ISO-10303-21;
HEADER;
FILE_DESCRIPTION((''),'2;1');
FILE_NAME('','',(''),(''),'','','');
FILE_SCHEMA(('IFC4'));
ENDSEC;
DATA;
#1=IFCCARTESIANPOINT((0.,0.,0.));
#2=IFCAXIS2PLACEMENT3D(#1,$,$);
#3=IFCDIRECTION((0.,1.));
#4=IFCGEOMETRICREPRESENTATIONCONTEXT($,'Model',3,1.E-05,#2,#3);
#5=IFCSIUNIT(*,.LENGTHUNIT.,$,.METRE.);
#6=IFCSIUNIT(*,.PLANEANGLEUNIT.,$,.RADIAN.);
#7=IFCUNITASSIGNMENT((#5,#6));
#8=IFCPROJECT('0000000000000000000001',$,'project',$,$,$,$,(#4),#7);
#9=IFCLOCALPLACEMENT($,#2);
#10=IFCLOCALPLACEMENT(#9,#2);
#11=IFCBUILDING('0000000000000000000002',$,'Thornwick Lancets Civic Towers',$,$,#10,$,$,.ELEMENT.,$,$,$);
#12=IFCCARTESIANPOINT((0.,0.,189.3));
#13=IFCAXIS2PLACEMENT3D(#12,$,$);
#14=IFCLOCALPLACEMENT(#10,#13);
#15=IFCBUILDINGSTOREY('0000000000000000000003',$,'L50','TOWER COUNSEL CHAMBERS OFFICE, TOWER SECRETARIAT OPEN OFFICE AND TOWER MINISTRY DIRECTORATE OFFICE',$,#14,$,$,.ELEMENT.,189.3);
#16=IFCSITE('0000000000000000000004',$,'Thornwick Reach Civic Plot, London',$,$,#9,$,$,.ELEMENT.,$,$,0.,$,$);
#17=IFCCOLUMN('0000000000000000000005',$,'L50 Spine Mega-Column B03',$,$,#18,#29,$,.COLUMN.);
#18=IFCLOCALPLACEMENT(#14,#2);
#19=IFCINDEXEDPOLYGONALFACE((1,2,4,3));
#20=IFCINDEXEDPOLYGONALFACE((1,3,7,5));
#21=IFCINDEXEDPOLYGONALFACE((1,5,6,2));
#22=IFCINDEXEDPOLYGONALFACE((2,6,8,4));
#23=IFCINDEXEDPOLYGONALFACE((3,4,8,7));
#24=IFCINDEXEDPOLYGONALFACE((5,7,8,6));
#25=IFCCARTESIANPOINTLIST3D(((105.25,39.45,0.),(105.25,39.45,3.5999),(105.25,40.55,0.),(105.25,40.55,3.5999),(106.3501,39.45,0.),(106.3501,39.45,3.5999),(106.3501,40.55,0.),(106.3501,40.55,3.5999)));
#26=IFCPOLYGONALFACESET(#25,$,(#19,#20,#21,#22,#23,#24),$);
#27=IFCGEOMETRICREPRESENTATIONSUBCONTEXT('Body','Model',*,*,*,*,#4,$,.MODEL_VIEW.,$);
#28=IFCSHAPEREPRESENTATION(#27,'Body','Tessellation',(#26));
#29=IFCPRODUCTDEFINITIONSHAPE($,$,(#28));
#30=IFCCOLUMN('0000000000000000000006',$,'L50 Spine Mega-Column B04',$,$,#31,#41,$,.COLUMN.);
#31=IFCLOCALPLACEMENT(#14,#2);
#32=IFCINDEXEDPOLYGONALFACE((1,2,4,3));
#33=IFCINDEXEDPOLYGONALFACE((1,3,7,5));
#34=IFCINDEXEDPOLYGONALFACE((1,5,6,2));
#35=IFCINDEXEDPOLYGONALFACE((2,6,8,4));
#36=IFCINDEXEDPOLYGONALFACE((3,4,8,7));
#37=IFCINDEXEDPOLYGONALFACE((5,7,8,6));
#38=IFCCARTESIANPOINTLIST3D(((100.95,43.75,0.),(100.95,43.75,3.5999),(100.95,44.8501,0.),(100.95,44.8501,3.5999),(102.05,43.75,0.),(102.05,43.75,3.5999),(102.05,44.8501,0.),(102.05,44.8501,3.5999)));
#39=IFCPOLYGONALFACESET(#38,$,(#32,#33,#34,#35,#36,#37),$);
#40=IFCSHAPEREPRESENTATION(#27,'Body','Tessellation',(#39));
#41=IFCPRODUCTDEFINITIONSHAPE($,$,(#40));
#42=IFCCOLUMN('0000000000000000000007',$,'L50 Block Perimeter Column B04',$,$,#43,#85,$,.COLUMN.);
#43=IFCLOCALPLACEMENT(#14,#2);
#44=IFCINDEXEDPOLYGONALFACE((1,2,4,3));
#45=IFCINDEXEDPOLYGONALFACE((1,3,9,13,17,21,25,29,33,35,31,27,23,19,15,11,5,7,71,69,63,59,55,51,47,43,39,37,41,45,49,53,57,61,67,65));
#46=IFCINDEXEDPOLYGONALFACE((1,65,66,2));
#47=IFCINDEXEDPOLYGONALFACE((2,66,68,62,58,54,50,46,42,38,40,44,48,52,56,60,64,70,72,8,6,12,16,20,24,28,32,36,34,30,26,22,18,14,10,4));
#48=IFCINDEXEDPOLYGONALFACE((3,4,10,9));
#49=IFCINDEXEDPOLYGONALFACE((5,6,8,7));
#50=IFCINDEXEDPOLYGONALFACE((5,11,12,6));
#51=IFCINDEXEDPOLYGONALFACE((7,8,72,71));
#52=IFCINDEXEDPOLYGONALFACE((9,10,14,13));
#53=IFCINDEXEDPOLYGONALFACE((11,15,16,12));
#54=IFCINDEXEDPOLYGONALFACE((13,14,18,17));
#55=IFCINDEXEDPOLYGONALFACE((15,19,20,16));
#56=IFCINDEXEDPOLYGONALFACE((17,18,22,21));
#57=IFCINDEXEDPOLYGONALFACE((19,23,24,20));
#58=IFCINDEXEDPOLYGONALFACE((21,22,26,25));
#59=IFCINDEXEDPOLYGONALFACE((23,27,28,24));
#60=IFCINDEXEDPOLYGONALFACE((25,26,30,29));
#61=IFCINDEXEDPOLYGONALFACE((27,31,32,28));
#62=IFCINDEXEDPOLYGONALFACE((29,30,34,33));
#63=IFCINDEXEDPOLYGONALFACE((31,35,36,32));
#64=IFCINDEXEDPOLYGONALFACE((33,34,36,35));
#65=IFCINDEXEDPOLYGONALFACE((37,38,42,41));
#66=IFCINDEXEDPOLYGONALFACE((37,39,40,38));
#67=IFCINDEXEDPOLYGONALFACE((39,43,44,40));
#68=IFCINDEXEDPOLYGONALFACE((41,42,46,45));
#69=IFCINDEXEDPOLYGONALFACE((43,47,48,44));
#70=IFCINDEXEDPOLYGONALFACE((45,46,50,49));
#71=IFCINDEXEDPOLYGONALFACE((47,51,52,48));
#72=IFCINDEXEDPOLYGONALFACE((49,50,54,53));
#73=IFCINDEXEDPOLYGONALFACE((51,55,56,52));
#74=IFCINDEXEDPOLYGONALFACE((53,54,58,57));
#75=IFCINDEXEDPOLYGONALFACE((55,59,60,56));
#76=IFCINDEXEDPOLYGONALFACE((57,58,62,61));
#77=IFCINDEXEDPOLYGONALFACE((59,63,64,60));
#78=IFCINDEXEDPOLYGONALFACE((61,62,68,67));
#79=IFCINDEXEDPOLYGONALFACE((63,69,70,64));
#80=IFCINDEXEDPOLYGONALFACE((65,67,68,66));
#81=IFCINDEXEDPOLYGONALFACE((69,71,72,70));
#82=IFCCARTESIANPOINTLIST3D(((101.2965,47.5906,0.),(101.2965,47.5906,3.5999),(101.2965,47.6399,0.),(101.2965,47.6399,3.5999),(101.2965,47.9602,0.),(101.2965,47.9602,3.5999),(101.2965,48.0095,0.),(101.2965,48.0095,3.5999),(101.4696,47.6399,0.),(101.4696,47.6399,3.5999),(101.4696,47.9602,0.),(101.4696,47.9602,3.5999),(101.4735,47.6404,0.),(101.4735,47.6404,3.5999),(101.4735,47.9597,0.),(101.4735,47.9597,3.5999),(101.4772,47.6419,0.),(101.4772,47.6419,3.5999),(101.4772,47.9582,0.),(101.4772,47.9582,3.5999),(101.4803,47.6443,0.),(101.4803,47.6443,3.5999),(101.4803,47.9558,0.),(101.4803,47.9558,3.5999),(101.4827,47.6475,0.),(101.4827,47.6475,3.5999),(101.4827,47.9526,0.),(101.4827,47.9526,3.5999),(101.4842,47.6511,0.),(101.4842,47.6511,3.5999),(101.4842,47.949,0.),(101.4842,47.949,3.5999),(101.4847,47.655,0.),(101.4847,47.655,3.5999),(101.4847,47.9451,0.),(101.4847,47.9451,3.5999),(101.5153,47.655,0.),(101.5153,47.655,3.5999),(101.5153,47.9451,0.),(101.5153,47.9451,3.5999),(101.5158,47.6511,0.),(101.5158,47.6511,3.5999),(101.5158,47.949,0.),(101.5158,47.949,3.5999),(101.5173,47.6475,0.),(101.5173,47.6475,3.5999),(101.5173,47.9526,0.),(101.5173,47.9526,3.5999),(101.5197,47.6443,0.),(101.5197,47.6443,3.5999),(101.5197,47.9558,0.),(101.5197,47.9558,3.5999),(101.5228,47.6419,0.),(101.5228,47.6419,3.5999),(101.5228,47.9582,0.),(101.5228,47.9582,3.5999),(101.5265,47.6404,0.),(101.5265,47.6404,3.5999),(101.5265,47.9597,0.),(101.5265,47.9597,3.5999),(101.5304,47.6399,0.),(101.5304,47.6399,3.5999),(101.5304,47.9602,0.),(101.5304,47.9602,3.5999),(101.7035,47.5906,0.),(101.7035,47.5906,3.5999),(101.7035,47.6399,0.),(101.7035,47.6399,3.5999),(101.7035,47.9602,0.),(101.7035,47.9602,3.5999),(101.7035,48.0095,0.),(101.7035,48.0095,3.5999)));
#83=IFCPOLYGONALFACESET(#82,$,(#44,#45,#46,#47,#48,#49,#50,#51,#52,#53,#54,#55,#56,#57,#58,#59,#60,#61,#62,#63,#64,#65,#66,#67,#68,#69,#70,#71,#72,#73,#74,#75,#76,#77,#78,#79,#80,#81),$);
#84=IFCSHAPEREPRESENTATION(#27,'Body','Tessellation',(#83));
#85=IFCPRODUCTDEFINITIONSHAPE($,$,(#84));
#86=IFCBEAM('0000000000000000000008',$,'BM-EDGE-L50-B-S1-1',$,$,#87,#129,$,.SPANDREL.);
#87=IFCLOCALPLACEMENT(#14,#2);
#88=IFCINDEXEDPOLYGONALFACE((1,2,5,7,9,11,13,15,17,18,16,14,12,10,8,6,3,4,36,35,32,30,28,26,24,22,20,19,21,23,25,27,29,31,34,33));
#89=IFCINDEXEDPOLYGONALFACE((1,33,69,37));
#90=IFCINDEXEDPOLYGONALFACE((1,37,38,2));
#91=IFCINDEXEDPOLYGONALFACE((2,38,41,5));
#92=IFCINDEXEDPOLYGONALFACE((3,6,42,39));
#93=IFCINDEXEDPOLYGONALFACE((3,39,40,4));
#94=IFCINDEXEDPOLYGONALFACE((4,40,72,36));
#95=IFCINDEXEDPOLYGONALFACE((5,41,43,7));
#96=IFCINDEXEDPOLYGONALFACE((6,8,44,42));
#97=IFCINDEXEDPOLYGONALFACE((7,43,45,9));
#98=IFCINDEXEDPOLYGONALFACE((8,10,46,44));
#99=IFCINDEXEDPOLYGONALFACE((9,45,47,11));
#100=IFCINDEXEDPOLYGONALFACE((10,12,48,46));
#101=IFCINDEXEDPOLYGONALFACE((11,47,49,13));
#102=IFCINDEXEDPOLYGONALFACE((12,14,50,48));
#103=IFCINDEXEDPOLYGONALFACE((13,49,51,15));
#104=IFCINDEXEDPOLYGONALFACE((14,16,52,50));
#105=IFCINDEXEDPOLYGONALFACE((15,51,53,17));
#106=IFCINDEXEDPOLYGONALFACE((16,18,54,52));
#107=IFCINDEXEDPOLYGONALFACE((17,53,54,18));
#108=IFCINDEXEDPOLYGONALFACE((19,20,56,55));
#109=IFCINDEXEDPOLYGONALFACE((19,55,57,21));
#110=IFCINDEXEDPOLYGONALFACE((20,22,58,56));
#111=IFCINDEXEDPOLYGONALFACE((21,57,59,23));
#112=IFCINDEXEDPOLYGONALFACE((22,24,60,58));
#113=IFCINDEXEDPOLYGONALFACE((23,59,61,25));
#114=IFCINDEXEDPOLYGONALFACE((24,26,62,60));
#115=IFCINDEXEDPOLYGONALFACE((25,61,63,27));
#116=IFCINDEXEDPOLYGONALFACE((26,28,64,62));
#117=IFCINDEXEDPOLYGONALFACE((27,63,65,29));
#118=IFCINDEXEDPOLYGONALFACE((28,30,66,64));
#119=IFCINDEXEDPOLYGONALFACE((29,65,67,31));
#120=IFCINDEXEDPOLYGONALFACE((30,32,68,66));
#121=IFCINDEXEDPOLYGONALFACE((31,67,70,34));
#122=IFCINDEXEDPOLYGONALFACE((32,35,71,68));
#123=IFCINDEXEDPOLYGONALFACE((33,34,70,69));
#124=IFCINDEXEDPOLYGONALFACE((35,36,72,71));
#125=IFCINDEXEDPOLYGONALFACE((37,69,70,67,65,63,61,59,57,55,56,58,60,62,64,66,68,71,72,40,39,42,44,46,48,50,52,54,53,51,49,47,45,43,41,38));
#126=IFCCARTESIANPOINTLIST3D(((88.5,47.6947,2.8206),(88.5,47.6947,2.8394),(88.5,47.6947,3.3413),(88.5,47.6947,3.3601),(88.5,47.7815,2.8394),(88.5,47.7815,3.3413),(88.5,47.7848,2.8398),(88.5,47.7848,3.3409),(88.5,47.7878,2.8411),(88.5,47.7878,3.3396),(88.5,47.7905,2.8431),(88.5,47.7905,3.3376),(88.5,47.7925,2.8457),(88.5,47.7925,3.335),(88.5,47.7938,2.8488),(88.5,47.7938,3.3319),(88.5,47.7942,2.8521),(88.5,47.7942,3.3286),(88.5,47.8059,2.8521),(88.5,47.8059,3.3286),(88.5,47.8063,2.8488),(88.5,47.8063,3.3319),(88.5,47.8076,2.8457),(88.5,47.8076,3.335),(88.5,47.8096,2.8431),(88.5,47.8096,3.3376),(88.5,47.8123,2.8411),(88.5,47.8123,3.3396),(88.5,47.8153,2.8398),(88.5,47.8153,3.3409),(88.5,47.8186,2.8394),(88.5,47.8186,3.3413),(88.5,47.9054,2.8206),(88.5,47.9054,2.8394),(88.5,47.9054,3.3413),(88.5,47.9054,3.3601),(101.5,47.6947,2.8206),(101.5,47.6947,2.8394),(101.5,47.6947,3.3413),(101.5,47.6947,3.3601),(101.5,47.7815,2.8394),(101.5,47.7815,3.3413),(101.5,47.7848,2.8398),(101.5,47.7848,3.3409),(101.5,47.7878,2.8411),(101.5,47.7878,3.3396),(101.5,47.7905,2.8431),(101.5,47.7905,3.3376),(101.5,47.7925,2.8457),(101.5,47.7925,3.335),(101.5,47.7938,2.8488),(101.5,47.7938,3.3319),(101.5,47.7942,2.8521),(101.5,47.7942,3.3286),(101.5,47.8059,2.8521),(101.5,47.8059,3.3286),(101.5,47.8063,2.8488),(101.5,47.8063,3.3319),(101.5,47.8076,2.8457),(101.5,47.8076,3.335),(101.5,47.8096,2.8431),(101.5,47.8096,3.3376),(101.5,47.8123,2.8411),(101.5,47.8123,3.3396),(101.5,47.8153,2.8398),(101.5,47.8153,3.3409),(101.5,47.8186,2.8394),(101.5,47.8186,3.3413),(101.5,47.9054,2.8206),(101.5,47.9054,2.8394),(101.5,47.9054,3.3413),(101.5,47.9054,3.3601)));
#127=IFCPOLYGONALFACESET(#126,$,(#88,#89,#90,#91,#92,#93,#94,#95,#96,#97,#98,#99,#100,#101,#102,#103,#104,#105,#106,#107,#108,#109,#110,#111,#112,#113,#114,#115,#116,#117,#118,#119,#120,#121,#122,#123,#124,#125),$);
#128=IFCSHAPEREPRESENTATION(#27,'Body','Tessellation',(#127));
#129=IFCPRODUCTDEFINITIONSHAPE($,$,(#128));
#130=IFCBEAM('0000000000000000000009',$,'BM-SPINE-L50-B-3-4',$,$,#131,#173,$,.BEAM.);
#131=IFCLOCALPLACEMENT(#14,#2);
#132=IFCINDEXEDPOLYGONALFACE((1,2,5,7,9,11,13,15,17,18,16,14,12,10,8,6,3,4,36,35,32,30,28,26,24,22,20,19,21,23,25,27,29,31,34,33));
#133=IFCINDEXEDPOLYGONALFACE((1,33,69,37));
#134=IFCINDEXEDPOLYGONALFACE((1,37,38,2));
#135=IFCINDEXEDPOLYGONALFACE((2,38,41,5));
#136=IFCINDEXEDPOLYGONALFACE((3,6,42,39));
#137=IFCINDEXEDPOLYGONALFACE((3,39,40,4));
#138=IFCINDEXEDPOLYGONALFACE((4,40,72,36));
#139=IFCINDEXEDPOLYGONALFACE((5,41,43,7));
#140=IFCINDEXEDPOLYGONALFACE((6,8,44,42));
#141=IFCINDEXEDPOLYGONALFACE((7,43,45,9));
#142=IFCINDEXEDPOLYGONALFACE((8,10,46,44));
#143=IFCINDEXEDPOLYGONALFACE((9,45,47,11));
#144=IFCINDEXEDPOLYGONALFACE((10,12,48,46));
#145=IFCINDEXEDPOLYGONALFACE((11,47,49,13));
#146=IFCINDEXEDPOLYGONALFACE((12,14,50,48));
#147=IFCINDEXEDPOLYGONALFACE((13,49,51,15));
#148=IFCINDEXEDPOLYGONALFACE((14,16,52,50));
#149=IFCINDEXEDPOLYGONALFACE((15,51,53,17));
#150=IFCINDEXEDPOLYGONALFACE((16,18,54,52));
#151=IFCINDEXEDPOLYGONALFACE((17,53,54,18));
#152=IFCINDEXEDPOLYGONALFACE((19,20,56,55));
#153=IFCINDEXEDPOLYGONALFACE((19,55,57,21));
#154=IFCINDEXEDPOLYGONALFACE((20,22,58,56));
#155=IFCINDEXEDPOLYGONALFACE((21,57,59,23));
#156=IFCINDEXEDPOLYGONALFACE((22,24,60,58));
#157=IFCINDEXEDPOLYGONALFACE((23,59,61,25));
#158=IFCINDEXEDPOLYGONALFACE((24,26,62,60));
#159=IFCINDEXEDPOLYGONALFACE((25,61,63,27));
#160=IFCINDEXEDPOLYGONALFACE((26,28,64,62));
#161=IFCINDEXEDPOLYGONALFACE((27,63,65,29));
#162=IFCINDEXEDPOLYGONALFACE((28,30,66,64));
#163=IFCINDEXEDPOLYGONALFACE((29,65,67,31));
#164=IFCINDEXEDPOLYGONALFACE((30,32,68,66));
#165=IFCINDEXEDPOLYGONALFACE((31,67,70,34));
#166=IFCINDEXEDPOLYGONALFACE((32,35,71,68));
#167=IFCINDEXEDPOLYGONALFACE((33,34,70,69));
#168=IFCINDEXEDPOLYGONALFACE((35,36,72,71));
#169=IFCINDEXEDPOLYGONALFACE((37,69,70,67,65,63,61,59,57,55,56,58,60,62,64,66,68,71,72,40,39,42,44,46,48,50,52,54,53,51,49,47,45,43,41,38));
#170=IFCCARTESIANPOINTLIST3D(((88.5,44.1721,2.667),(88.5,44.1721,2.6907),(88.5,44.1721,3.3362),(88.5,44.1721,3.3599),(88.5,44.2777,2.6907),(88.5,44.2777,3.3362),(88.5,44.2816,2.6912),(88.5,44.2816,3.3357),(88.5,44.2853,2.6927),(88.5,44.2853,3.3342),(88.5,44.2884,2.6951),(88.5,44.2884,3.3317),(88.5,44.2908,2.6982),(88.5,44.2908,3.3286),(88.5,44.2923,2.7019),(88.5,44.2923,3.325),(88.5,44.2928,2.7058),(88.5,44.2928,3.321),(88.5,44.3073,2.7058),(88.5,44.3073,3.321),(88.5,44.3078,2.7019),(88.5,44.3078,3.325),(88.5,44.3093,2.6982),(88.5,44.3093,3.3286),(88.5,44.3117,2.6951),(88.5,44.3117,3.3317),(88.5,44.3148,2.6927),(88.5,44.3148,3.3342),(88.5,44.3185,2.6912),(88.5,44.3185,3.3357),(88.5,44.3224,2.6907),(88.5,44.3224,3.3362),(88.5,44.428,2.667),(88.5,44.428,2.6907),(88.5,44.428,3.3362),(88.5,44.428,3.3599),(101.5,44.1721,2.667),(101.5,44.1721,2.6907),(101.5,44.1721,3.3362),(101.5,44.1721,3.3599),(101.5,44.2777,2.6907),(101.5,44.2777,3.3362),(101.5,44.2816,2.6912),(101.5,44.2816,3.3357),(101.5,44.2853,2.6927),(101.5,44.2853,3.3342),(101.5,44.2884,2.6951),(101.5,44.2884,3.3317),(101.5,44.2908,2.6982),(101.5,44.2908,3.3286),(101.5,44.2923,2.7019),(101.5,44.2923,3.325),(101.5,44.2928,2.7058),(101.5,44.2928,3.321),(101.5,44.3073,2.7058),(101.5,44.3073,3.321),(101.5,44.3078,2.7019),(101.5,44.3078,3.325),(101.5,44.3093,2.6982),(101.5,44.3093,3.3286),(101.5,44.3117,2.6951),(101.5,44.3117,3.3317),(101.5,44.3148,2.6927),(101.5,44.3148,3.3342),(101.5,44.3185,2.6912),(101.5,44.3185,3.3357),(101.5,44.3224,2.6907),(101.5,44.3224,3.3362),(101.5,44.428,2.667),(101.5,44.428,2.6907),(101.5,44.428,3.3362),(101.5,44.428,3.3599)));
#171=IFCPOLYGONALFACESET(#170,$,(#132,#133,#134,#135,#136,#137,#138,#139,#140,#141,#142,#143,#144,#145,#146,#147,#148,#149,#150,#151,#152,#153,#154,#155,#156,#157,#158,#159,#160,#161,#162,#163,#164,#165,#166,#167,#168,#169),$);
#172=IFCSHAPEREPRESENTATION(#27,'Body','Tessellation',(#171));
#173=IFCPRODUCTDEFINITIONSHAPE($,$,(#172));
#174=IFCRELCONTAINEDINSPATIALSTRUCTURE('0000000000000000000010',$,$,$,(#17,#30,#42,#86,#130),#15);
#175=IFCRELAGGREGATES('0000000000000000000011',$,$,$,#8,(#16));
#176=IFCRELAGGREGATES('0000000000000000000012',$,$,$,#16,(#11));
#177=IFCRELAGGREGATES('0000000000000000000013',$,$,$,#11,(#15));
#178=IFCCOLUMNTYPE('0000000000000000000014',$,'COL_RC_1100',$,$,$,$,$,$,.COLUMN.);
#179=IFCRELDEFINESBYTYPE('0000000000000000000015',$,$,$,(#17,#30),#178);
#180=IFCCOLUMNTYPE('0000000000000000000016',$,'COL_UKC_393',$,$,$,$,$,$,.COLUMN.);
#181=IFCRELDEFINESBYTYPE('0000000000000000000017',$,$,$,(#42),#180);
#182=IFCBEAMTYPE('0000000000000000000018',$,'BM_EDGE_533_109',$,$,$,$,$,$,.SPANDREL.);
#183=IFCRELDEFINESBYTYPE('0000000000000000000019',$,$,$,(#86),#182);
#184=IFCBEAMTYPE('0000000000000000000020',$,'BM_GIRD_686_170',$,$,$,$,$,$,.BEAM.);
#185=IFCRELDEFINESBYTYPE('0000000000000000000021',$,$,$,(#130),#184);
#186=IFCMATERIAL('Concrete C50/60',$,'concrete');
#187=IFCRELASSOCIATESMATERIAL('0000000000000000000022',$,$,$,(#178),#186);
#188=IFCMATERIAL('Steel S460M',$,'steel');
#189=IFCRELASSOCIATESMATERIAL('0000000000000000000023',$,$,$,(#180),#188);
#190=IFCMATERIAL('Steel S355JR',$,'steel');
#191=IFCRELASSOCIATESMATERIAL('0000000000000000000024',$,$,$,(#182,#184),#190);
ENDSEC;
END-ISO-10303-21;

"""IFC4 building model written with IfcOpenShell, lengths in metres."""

from ifc_helpers import new_model, si_unit, direction, frame, origin, origin_2d, place, context, subcontext, project, spatial, rectangle, i_section, extrude, material, material_profile, profile_set, type_object, element, save


model = new_model("IFC4")

# Units and contexts
model_context = context("Model", 3, precision=1e-05, world=origin(), true_north=direction((0.0, 1.0)))
body_context = subcontext(model_context, "Body", "Model", "MODEL_VIEW")
ifc_project = project(units=[si_unit("LENGTHUNIT", "METRE"), si_unit("PLANEANGLEUNIT", "RADIAN")], contexts=[model_context])

# Site, building, storey
site_placement = place(None, origin())
site = spatial("IfcSite", under=ifc_project, at=site_placement, Name="Thornwick Reach Civic Plot, London", CompositionType="ELEMENT", RefElevation=0.0)
building_placement = place(site_placement, origin())
building = spatial("IfcBuilding", under=site, at=building_placement, Name="Thornwick Lancets Civic Towers", CompositionType="ELEMENT")
storey_placement = place(building_placement, frame((0.0, 0.0, 189.3)))
storey = spatial("IfcBuildingStorey", under=building, at=storey_placement, Name="L50", Description="TOWER COUNSEL CHAMBERS OFFICE, TOWER SECRETARIAT OPEN OFFICE AND TOWER MINISTRY DIRECTORATE OFFICE", CompositionType="ELEMENT", Elevation=189.3)

# Columns
ifc_material_1 = material(Name="Concrete C50/60", Category="concrete")
ifc_material_profile_1 = material_profile(ifc_material_1, rectangle(XDim=1.1001, YDim=1.1001, at=origin_2d()), Name="RC 1100x1100")
ifc_profile_set_1 = profile_set([ifc_material_profile_1], Name="Concrete C50/60")
column_type_1 = type_object("IfcColumnType", Name="COL_RC_1100", PredefinedType="COLUMN", material=ifc_profile_set_1)
for number, where, z_axis, x_axis, name in (
    (1, (105.8, 40.0, 0.0), (0.0, 0.0, 1.0), (1.0, 0.0, 0.0), "L50 Spine Mega-Column B03"),
    (2, (101.5, 44.3, 0.0), (0.0, 0.0, 1.0), (1.0, 0.0, 0.0), "L50 Spine Mega-Column B04"),
):
    element("IfcColumn", number, at=place(storey_placement, frame(where, z_axis=z_axis, x_axis=x_axis)), inside=storey, type_object=column_type_1, Name=name, PredefinedType="COLUMN", context=body_context, shape_type="SweptSolid", body=[
        extrude(rectangle(XDim=1.1001, YDim=1.1001, at=origin_2d()), origin(), (0.0, 0.0, 1.0), 3.5999),
    ])
ifc_material_2 = material(Name="Steel S460M", Category="steel")
ifc_material_profile_2 = material_profile(ifc_material_2, i_section(OverallWidth=0.407, OverallDepth=0.4189, WebThickness=0.0305, FlangeThickness=0.0493, FilletRadius=0.0151, at=origin_2d()), Name="UKC 356x406x393")
ifc_profile_set_2 = profile_set([ifc_material_profile_2], Name="Steel S460M")
column_type_2 = type_object("IfcColumnType", Name="COL_UKC_393", PredefinedType="COLUMN", material=ifc_profile_set_2)
column_placement = place(storey_placement, frame((101.5, 47.8, 0.0), z_axis=(0.0, 0.0, 1.0), x_axis=(1.0, 0.0, 0.0)))
element("IfcColumn", 3, at=column_placement, inside=storey, type_object=column_type_2, Name="L50 Block Perimeter Column B04", PredefinedType="COLUMN", context=body_context, shape_type="SweptSolid", body=[
    extrude(i_section(OverallWidth=0.407, OverallDepth=0.4189, WebThickness=0.0305, FlangeThickness=0.0493, FilletRadius=0.0151, at=origin_2d()), origin(), (0.0, 0.0, 1.0), 3.5999),
])

# Beams
ifc_material_3 = material(Name="Steel S355JR", Category="steel")
ifc_material_profile_3 = material_profile(ifc_material_3, i_section(OverallWidth=0.2107, OverallDepth=0.5396, WebThickness=0.0117, FlangeThickness=0.0188, FilletRadius=0.0127, at=origin_2d()), Name="UKB 533x210x109")
ifc_profile_set_3 = profile_set([ifc_material_profile_3], Name="Steel S355JR")
beam_type_1 = type_object("IfcBeamType", Name="BM_EDGE_533_109", PredefinedType="SPANDREL", material=ifc_profile_set_3)
beam_1_placement = place(storey_placement, frame((101.5, 47.8, 3.0903), z_axis=(-1.0, 0.0, 0.0), x_axis=(0.0, -1.0, 0.0)))
element("IfcBeam", 4, at=beam_1_placement, inside=storey, type_object=beam_type_1, Name="BM-EDGE-L50-B-S1-1", PredefinedType="SPANDREL", context=body_context, shape_type="SweptSolid", body=[
    extrude(i_section(OverallWidth=0.2107, OverallDepth=0.5396, WebThickness=0.0117, FlangeThickness=0.0188, FilletRadius=0.0127, at=origin_2d()), origin(), (0.0, 0.0, 1.0), 13.0),
])
ifc_material_profile_4 = material_profile(ifc_material_3, i_section(OverallWidth=0.2559, OverallDepth=0.6929, WebThickness=0.0144, FlangeThickness=0.0237, FilletRadius=0.0151, at=origin_2d()), Name="UKB 686x254x170")
ifc_profile_set_4 = profile_set([ifc_material_profile_4], Name="Steel S355JR")
beam_type_2 = type_object("IfcBeamType", Name="BM_GIRD_686_170", PredefinedType="BEAM", material=ifc_profile_set_4)
beam_2_placement = place(storey_placement, frame((101.5, 44.3, 3.0134), z_axis=(-1.0, 0.0, 0.0), x_axis=(0.0, -1.0, 0.0)))
element("IfcBeam", 5, at=beam_2_placement, inside=storey, type_object=beam_type_2, Name="BM-SPINE-L50-B-3-4", PredefinedType="BEAM", context=body_context, shape_type="SweptSolid", body=[
    extrude(i_section(OverallWidth=0.2559, OverallDepth=0.6929, WebThickness=0.0144, FlangeThickness=0.0237, FilletRadius=0.0151, at=origin_2d()), origin(), (0.0, 0.0, 1.0), 13.0),
])

save(model, "model.ifc")
